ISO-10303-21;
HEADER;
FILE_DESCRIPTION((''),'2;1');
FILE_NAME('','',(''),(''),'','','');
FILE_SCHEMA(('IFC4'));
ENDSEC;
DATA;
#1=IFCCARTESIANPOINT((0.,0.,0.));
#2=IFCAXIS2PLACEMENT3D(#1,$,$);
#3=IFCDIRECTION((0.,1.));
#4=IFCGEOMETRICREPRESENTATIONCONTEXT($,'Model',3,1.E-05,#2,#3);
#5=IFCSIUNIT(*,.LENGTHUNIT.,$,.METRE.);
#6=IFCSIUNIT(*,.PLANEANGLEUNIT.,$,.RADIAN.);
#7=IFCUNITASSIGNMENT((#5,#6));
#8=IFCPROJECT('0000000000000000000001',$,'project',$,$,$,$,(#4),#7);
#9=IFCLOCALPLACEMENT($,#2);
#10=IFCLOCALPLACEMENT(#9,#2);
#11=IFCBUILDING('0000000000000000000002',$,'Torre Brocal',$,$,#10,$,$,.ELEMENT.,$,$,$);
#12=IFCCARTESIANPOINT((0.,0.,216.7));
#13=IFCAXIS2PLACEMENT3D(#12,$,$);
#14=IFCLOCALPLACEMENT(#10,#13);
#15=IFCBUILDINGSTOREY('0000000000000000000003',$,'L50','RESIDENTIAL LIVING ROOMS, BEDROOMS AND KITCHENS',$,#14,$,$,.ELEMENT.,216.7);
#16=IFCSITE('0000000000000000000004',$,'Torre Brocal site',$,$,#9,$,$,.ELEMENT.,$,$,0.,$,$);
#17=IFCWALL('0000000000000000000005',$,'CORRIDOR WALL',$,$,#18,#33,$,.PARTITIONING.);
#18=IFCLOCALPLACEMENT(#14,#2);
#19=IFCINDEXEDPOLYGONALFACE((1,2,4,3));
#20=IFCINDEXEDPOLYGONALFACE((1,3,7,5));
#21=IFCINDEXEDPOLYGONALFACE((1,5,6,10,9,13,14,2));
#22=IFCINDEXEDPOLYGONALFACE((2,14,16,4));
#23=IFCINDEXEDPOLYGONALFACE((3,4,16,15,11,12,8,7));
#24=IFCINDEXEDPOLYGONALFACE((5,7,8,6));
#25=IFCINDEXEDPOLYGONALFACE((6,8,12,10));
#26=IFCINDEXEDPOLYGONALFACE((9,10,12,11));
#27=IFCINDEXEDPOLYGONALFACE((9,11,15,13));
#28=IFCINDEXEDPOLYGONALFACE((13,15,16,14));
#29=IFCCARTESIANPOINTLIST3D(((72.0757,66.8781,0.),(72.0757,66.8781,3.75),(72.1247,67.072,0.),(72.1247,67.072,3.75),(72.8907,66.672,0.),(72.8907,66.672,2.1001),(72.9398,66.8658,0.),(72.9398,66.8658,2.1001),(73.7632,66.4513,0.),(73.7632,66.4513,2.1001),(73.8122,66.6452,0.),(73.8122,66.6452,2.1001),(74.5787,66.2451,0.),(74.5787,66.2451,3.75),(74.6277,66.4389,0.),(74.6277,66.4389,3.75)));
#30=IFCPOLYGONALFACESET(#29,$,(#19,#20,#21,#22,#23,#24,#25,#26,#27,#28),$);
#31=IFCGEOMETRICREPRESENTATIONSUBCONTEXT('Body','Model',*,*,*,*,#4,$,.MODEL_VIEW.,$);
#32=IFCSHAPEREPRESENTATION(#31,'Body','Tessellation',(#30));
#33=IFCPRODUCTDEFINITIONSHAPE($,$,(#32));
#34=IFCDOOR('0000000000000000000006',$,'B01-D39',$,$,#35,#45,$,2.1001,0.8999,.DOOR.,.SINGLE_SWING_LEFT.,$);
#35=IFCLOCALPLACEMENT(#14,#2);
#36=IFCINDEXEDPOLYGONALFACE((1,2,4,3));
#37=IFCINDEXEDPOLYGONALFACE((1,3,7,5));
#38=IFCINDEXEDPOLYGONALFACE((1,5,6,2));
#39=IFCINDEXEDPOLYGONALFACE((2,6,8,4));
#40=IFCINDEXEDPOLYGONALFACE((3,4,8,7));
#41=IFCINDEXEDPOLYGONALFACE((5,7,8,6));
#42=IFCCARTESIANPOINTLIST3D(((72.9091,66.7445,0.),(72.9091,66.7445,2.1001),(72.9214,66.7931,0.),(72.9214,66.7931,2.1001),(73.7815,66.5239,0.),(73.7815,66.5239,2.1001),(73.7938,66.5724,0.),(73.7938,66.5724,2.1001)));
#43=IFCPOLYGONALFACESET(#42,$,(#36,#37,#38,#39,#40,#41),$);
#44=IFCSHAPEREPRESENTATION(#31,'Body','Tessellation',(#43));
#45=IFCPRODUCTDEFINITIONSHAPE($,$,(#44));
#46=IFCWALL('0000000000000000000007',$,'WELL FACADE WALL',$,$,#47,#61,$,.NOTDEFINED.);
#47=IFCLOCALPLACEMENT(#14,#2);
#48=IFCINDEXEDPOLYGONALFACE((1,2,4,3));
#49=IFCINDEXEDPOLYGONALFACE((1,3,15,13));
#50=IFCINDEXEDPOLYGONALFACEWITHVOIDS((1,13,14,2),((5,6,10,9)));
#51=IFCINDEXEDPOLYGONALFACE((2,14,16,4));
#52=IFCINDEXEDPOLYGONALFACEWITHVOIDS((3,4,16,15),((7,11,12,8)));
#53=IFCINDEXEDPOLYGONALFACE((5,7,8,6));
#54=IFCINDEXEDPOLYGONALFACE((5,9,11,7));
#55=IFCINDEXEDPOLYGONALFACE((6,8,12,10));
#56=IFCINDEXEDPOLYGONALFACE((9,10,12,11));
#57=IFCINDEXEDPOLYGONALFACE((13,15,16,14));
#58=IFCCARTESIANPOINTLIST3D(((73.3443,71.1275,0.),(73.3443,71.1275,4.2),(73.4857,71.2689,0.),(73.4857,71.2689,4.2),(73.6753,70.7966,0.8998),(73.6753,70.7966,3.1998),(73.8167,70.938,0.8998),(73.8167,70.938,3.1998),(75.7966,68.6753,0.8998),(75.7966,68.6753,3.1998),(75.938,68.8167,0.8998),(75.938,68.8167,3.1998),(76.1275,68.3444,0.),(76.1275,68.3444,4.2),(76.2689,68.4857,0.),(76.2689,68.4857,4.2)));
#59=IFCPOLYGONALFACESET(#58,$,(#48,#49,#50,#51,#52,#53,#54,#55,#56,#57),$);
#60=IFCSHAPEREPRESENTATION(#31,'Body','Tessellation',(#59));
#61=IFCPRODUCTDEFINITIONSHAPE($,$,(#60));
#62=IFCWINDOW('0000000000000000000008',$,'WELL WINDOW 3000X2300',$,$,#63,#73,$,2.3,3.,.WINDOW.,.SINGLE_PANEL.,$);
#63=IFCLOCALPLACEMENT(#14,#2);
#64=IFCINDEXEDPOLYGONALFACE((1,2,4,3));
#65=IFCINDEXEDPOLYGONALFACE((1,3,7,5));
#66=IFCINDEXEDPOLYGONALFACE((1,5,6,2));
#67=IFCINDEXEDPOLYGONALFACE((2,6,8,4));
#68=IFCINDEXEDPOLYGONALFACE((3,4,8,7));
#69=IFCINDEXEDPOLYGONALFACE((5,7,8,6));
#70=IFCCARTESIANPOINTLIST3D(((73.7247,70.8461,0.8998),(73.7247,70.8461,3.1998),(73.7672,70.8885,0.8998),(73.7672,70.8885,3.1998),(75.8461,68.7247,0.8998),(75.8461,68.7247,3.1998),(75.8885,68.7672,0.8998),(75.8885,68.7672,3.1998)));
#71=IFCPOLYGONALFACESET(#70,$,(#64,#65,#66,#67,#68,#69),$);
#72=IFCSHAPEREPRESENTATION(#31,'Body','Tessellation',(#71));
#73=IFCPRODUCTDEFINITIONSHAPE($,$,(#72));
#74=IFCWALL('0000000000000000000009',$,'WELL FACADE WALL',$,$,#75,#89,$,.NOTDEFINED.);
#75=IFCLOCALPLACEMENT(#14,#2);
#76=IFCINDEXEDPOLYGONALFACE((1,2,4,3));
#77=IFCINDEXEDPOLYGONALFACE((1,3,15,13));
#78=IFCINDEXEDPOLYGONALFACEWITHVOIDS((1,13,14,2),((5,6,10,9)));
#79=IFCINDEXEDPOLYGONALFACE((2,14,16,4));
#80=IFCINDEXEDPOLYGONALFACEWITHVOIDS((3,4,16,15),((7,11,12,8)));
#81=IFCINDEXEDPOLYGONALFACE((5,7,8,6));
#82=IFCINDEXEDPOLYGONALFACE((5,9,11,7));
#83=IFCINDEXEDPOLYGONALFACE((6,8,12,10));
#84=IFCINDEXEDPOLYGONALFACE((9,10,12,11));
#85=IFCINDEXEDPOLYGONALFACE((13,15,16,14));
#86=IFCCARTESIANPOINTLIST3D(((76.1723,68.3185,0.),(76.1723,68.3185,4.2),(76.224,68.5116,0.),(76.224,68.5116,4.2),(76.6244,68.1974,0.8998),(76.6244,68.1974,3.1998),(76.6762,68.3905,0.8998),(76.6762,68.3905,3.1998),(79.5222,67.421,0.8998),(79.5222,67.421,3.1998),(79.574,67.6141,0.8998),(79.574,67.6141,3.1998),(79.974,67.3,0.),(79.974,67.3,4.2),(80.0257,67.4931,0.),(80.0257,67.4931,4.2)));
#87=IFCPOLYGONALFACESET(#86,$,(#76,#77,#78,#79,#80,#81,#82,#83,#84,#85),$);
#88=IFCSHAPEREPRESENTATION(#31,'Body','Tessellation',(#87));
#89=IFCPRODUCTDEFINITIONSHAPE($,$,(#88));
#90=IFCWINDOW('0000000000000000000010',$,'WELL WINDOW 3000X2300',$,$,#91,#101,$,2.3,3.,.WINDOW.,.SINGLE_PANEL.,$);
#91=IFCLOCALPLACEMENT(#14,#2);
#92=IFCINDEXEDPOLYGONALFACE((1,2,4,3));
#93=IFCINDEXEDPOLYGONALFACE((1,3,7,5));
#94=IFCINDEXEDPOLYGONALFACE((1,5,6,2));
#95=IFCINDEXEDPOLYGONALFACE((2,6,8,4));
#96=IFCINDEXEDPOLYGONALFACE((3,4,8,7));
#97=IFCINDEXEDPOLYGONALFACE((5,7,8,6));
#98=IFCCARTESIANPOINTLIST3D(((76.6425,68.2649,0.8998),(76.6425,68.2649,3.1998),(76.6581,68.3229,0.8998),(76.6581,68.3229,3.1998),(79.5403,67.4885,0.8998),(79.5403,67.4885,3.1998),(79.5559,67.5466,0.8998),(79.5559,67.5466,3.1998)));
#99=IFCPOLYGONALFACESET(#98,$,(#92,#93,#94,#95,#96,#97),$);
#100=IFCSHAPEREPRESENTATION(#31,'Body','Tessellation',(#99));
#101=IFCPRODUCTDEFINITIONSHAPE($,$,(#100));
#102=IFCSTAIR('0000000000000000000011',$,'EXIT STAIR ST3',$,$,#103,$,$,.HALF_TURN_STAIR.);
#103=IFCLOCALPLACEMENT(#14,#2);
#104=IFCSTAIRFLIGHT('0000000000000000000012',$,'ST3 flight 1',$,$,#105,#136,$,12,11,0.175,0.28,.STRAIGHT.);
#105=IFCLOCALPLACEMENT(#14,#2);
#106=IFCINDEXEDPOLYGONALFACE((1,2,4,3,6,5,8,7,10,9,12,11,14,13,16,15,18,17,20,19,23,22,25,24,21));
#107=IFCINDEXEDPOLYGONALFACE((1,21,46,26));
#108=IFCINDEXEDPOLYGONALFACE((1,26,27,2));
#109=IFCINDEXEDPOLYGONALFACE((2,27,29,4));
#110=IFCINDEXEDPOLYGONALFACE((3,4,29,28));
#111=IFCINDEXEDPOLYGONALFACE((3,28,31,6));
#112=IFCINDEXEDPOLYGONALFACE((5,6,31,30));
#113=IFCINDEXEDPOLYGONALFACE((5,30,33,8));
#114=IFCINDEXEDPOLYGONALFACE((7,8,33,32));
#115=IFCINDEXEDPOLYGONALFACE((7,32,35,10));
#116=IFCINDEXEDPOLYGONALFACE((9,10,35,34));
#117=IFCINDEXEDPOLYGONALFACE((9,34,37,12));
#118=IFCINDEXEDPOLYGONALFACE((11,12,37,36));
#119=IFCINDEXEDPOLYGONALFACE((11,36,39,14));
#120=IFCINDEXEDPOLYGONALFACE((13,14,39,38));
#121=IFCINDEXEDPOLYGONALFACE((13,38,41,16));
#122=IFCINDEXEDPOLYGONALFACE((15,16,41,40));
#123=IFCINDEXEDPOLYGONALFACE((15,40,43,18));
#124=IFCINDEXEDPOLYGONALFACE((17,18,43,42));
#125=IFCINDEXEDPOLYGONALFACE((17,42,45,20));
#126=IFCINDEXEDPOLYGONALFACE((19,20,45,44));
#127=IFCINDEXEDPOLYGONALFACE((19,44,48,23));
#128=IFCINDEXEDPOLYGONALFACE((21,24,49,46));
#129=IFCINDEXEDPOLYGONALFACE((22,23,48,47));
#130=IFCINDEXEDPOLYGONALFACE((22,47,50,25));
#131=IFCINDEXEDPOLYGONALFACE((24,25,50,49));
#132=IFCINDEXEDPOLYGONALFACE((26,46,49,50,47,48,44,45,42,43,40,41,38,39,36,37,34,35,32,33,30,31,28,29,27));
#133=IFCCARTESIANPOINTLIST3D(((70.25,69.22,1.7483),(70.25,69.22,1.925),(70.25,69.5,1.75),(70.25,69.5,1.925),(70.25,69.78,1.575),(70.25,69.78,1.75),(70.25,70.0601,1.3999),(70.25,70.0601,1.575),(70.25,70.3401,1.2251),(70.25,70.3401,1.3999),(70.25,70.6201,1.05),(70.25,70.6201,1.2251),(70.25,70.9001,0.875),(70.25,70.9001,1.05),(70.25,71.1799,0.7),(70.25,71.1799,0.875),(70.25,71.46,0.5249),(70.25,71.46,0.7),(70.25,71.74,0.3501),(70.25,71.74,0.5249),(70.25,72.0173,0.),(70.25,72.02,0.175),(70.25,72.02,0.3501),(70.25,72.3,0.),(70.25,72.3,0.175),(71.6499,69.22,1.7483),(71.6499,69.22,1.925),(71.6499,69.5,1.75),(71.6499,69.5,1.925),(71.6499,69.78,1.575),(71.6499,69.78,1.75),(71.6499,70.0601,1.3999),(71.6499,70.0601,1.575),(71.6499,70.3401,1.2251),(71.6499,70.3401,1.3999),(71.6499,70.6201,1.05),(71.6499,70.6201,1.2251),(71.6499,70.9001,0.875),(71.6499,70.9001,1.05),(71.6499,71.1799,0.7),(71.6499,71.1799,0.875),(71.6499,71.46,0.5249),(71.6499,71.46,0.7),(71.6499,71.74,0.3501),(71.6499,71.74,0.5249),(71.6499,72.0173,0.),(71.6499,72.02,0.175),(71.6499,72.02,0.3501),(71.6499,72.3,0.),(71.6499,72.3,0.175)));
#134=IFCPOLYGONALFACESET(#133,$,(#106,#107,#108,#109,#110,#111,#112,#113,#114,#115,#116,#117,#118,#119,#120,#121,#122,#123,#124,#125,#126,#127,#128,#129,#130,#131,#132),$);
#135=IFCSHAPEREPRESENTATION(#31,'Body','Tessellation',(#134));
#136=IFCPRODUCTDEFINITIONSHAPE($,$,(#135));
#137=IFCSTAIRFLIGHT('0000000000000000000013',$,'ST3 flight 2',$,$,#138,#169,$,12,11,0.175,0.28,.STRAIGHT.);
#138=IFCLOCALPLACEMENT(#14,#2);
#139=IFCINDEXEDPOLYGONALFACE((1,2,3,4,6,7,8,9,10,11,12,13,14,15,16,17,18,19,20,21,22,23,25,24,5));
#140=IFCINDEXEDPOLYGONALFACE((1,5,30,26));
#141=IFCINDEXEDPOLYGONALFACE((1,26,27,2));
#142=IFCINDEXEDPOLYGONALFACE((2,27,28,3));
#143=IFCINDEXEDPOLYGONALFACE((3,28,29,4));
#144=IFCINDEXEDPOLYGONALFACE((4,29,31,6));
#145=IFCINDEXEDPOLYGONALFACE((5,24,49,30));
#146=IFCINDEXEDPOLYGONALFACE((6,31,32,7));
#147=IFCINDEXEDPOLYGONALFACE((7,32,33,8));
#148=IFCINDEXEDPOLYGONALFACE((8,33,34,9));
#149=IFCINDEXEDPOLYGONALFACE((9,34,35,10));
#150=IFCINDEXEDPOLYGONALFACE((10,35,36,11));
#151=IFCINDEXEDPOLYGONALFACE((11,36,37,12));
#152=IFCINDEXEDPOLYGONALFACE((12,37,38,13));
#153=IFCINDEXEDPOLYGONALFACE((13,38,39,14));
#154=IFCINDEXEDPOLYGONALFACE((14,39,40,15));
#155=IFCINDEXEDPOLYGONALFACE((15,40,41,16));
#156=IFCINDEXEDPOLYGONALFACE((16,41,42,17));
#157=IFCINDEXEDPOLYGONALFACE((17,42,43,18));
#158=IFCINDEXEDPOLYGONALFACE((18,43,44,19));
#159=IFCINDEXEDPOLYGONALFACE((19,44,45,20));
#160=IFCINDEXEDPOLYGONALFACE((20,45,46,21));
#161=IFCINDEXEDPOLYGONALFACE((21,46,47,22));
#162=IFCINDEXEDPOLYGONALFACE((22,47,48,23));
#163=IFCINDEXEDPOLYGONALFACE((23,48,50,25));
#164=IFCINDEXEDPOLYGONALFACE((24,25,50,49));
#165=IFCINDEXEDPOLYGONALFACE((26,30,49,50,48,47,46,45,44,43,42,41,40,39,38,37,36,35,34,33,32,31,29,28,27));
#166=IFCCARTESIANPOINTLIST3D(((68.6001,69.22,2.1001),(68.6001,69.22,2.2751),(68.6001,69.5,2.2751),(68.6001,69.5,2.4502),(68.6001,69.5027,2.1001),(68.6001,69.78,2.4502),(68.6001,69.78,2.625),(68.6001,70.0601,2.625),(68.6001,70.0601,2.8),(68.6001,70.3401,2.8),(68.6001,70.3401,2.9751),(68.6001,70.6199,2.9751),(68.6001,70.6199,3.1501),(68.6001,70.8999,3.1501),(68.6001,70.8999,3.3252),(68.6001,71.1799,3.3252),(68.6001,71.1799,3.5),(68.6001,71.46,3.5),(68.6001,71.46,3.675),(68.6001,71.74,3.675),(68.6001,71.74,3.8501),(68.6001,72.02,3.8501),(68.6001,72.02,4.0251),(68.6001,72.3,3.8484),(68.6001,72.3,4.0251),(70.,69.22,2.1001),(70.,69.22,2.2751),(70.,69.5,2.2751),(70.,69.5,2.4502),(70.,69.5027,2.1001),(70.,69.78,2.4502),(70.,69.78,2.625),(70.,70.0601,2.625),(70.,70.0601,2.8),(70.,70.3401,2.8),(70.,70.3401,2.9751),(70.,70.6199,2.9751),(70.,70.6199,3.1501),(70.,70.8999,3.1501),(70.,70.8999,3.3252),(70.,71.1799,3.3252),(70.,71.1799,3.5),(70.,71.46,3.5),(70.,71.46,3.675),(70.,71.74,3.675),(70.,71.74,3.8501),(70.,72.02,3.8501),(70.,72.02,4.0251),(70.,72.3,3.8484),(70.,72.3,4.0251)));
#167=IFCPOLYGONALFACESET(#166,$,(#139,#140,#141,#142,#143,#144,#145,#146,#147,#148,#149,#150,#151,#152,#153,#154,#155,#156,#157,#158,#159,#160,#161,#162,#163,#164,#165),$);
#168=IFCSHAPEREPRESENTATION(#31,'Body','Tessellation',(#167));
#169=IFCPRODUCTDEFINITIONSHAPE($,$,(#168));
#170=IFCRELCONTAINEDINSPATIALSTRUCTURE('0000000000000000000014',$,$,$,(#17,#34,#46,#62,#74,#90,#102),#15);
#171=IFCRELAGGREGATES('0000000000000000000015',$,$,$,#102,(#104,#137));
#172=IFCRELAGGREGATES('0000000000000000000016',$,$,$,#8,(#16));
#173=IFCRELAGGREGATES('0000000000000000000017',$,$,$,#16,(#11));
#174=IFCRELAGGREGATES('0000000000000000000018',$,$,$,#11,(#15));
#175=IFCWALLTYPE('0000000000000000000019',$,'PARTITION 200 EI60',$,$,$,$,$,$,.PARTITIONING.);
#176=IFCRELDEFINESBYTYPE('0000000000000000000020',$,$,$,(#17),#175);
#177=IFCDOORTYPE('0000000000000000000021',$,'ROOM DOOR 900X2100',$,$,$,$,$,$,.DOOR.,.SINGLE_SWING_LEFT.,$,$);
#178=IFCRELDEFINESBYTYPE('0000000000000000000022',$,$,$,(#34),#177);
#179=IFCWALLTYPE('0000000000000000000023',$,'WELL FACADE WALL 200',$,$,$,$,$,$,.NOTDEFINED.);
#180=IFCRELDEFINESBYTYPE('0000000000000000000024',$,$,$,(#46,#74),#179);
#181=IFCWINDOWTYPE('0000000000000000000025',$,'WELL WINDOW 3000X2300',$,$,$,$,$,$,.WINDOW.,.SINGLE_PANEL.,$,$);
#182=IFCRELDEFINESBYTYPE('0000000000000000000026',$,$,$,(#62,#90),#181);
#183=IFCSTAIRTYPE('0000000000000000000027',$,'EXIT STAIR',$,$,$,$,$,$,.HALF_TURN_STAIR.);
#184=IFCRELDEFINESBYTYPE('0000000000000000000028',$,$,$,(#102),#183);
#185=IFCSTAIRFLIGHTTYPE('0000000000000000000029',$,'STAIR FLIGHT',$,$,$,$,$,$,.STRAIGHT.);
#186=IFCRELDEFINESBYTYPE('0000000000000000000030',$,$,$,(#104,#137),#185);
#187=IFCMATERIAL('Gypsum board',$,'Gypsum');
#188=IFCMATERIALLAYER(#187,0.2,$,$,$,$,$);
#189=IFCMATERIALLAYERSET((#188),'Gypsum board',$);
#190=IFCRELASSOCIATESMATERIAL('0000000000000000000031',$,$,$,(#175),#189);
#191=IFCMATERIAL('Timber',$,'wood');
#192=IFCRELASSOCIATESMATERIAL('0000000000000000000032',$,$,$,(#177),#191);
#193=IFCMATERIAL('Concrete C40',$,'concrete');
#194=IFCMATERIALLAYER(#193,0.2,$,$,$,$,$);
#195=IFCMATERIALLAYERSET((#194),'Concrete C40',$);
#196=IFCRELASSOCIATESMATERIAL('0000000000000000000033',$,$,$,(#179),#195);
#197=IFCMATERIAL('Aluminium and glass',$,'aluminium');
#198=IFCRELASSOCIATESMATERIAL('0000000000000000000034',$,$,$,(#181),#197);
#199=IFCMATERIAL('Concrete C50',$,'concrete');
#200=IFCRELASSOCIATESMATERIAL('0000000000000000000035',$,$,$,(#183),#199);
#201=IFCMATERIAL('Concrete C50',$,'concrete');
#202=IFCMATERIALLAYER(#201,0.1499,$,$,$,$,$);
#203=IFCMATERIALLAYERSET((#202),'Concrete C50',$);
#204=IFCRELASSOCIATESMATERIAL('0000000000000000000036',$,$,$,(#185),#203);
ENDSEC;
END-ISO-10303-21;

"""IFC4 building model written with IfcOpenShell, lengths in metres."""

from ifc_helpers import new_model, si_unit, direction, frame, frame_2d, origin, place, context, subcontext, project, spatial, polyline, rectangle, outline, extrude, material, layer, layer_set, type_object, element, fill, aggregate, save


model = new_model("IFC4")

# Units and contexts
model_context = context("Model", 3, precision=1e-05, world=origin(), true_north=direction((0.0, 1.0)))
body_context = subcontext(model_context, "Body", "Model", "MODEL_VIEW")
ifc_project = project(units=[si_unit("LENGTHUNIT", "METRE"), si_unit("PLANEANGLEUNIT", "RADIAN")], contexts=[model_context])

# Site, building, storey
site_placement = place(None, origin())
site = spatial("IfcSite", under=ifc_project, at=site_placement, Name="Torre Brocal site", CompositionType="ELEMENT", RefElevation=0.0)
building_placement = place(site_placement, origin())
building = spatial("IfcBuilding", under=site, at=building_placement, Name="Torre Brocal", CompositionType="ELEMENT")
storey_placement = place(building_placement, frame((0.0, 0.0, 216.7)))
storey = spatial("IfcBuildingStorey", under=building, at=storey_placement, Name="L50", Description="RESIDENTIAL LIVING ROOMS, BEDROOMS AND KITCHENS", CompositionType="ELEMENT", Elevation=216.7)

# Wall, opening, door
ifc_material_1 = material(Name="Gypsum board", Category="Gypsum")
ifc_layer_1 = layer(ifc_material_1, 0.2)
ifc_layer_set_1 = layer_set([ifc_layer_1], Name="Gypsum board")
wall_type_1 = type_object("IfcWallType", Name="PARTITION 200 EI60", PredefinedType="PARTITIONING", material=ifc_layer_set_1)
wall_1_placement = place(storey_placement, frame((72.1001, 66.9751, 0.0), z_axis=(0.0, 0.0, 1.0), x_axis=(0.969471, -0.245205, 0.0)))
wall_1 = element("IfcWall", 1, at=wall_1_placement, inside=storey, type_object=wall_type_1, Name="CORRIDOR WALL", PredefinedType="PARTITIONING", context=body_context, shape_type="SweptSolid", body=[
    extrude(rectangle(XDim=2.5818, YDim=0.2, at=frame_2d((1.291, 0.0))), origin(), (0.0, 0.0, 1.0), 3.75),
])
opening_1_placement = place(wall_1_placement, frame((0.8408, 0.0, 0.0)))
opening_1 = element("IfcOpeningElement", 2, at=opening_1_placement, cuts=wall_1, PredefinedType="OPENING", context=body_context, shape_type="SweptSolid", body=[
    extrude(rectangle(XDim=0.8999, YDim=2.1001, at=frame_2d((0.45, 1.05))), frame((0.0, 0.1099, 0.0), z_axis=(0.0, -1.0, 0.0), x_axis=(1.0, 0.0, 0.0)), (0.0, 0.0, 1.0), 0.22),
])
ifc_material_2 = material(Name="Timber", Category="wood")
door_type_1 = type_object("IfcDoorType", Name="ROOM DOOR 900X2100", OperationType="SINGLE_SWING_LEFT", PredefinedType="DOOR", material=ifc_material_2)
door_1_placement = place(opening_1_placement, origin())
door_1 = element("IfcDoor", 3, at=door_1_placement, inside=storey, type_object=door_type_1, Name="B01-D39", OperationType="SINGLE_SWING_LEFT", OverallHeight=2.1001, OverallWidth=0.8999, PredefinedType="DOOR", context=body_context, shape_type="SweptSolid", body=[
    extrude(rectangle(XDim=0.8999, YDim=2.1001, at=frame_2d((0.45, 1.05))), frame((0.0, 0.0249, 0.0), z_axis=(0.0, -1.0, 0.0), x_axis=(1.0, 0.0, 0.0)), (0.0, 0.0, 1.0), 0.05),
])
fill(opening_1, door_1)

# Walls, openings, windows
ifc_material_3 = material(Name="Concrete C40", Category="concrete")
ifc_layer_2 = layer(ifc_material_3, 0.2)
ifc_layer_set_2 = layer_set([ifc_layer_2], Name="Concrete C40")
wall_type_2 = type_object("IfcWallType", Name="WELL FACADE WALL 200", PredefinedType="NOTDEFINED", material=ifc_layer_set_2)
wall_2_placement = place(storey_placement, frame((73.415, 71.1982, 0.0), z_axis=(0.0, 0.0, 1.0), x_axis=(0.707107, -0.707107, 0.0)))
wall_2 = element("IfcWall", 4, at=wall_2_placement, inside=storey, type_object=wall_type_2, Name="WELL FACADE WALL", PredefinedType="NOTDEFINED", context=body_context, shape_type="SweptSolid", body=[
    extrude(rectangle(XDim=3.936, YDim=0.2, at=frame_2d((1.968, 0.0))), origin(), (0.0, 0.0, 1.0), 4.2),
])
opening_2_placement = place(wall_2_placement, frame((0.468, 0.0, 0.8999)))
opening_2 = element("IfcOpeningElement", 5, at=opening_2_placement, cuts=wall_2, PredefinedType="OPENING", context=body_context, shape_type="SweptSolid", body=[
    extrude(rectangle(XDim=3.0, YDim=2.3, at=frame_2d((1.5, 1.1499))), frame((0.0, 0.1099, 0.0), z_axis=(0.0, -1.0, 0.0), x_axis=(1.0, 0.0, 0.0)), (0.0, 0.0, 1.0), 0.22),
])
ifc_material_4 = material(Name="Aluminium and glass", Category="aluminium")
window_type = type_object("IfcWindowType", Name="WELL WINDOW 3000X2300", PartitioningType="SINGLE_PANEL", PredefinedType="WINDOW", material=ifc_material_4)
window_1_placement = place(opening_2_placement, origin())
window_1 = element("IfcWindow", 6, at=window_1_placement, inside=storey, type_object=window_type, Name="WELL WINDOW 3000X2300", OverallHeight=2.3, OverallWidth=3.0, PartitioningType="SINGLE_PANEL", PredefinedType="WINDOW", context=body_context, shape_type="SweptSolid", body=[
    extrude(rectangle(XDim=3.0, YDim=2.3, at=frame_2d((1.5, 1.1499))), frame((0.0, 0.03, 0.0), z_axis=(0.0, -1.0, 0.0), x_axis=(1.0, 0.0, 0.0)), (0.0, 0.0, 1.0), 0.0601),
])
fill(opening_2, window_1)
wall_3_placement = place(storey_placement, frame((76.1982, 68.415, 0.0), z_axis=(0.0, 0.0, 1.0), x_axis=(0.965934, -0.25879, 0.0)))
wall_3 = element("IfcWall", 7, at=wall_3_placement, inside=storey, type_object=wall_type_2, Name="WELL FACADE WALL", PredefinedType="NOTDEFINED", context=body_context, shape_type="SweptSolid", body=[
    extrude(rectangle(XDim=3.9358, YDim=0.2, at=frame_2d((1.9678, 0.0))), origin(), (0.0, 0.0, 1.0), 4.2),
])
opening_3_placement = place(wall_3_placement, frame((0.468, 0.0, 0.8999)))
opening_3 = element("IfcOpeningElement", 8, at=opening_3_placement, cuts=wall_3, PredefinedType="OPENING", context=body_context, shape_type="SweptSolid", body=[
    extrude(rectangle(XDim=3.0, YDim=2.3, at=frame_2d((1.5, 1.1499))), frame((0.0, 0.1099, 0.0), z_axis=(0.0, -1.0, 0.0), x_axis=(1.0, 0.0, 0.0)), (0.0, 0.0, 1.0), 0.22),
])
window_2_placement = place(opening_3_placement, origin())
window_2 = element("IfcWindow", 9, at=window_2_placement, inside=storey, type_object=window_type, Name="WELL WINDOW 3000X2300", OverallHeight=2.3, OverallWidth=3.0, PartitioningType="SINGLE_PANEL", PredefinedType="WINDOW", context=body_context, shape_type="SweptSolid", body=[
    extrude(rectangle(XDim=3.0, YDim=2.3, at=frame_2d((1.5, 1.1499))), frame((0.0, 0.03, 0.0), z_axis=(0.0, -1.0, 0.0), x_axis=(1.0, 0.0, 0.0)), (0.0, 0.0, 1.0), 0.0601),
])
fill(opening_3, window_2)

# Stair, stair flights
ifc_material_5 = material(Name="Concrete C50", Category="concrete")
stair_type = type_object("IfcStairType", Name="EXIT STAIR", PredefinedType="HALF_TURN_STAIR", material=ifc_material_5)
stair_placement = place(storey_placement, origin())
stair = element("IfcStair", 10, at=stair_placement, inside=storey, type_object=stair_type, Name="EXIT STAIR ST3", PredefinedType="HALF_TURN_STAIR")
ifc_material_6 = material(Name="Concrete C50", Category="concrete")
ifc_layer_3 = layer(ifc_material_6, 0.1499)
ifc_layer_set_3 = layer_set([ifc_layer_3], Name="Concrete C50")
stair_flight_type = type_object("IfcStairFlightType", Name="STAIR FLIGHT", PredefinedType="STRAIGHT", material=ifc_layer_set_3)
stair_flight_1_placement = place(storey_placement, frame((70.95, 72.3, 0.0), z_axis=(0.0, 0.0, 1.0), x_axis=(0.0, -1.0, 0.0)))
stair_flight_1 = element("IfcStairFlight", 11, at=stair_flight_1_placement, type_object=stair_flight_type, Name="ST3 flight 1", NumberOfRisers=12, NumberOfTreads=11, PredefinedType="STRAIGHT", RiserHeight=0.175, TreadLength=0.28, context=body_context, shape_type="SweptSolid", body=[
    extrude(outline(polyline([(0.0, 0.0), (0.0, 0.175), (0.28, 0.175), (0.28, 0.3501), (0.5601, 0.3501), (0.5601, 0.5249), (0.8401, 0.5249), (0.8401, 0.7), (1.1201, 0.7), (1.1201, 0.875), (1.3999, 0.875), (1.3999, 1.05), (1.6799, 1.05), (1.6799, 1.2251), (1.96, 1.2251), (1.96, 1.3999), (2.24, 1.3999), (2.24, 1.575), (2.52, 1.575), (2.52, 1.75), (2.8, 1.75), (2.8, 1.925), (3.0801, 1.925), (3.0801, 2.1001), (3.0801, 1.7483), (0.2827, 0.0), (0.0, 0.0)])), frame((0.0, 0.7, 0.0), z_axis=(0.0, -1.0, 0.0), x_axis=(1.0, 0.0, 0.0)), (0.0, 0.0, 1.0), 1.3999),
])
stair_flight_2_placement = place(storey_placement, frame((69.3, 69.22, 2.1001), z_axis=(0.0, 0.0, 1.0), x_axis=(0.0, 1.0, 0.0)))
stair_flight_2 = element("IfcStairFlight", 12, at=stair_flight_2_placement, type_object=stair_flight_type, Name="ST3 flight 2", NumberOfRisers=12, NumberOfTreads=11, PredefinedType="STRAIGHT", RiserHeight=0.175, TreadLength=0.28, context=body_context, shape_type="SweptSolid", body=[
    extrude(outline(polyline([(0.0, 0.0), (0.0, 0.175), (0.28, 0.175), (0.28, 0.3501), (0.5601, 0.3501), (0.5601, 0.5249), (0.8401, 0.5249), (0.8401, 0.7), (1.1201, 0.7), (1.1201, 0.875), (1.3999, 0.875), (1.3999, 1.05), (1.6799, 1.05), (1.6799, 1.2251), (1.96, 1.2251), (1.96, 1.3999), (2.24, 1.3999), (2.24, 1.575), (2.52, 1.575), (2.52, 1.75), (2.8, 1.75), (2.8, 1.925), (3.0801, 1.925), (3.0801, 2.1001), (3.0801, 1.7483), (0.2827, 0.0), (0.0, 0.0)])), frame((0.0, 0.7, 0.0), z_axis=(0.0, -1.0, 0.0), x_axis=(1.0, 0.0, 0.0)), (0.0, 0.0, 1.0), 1.3999),
])
aggregate(stair, [stair_flight_1, stair_flight_2])

save(model, "model.ifc")
